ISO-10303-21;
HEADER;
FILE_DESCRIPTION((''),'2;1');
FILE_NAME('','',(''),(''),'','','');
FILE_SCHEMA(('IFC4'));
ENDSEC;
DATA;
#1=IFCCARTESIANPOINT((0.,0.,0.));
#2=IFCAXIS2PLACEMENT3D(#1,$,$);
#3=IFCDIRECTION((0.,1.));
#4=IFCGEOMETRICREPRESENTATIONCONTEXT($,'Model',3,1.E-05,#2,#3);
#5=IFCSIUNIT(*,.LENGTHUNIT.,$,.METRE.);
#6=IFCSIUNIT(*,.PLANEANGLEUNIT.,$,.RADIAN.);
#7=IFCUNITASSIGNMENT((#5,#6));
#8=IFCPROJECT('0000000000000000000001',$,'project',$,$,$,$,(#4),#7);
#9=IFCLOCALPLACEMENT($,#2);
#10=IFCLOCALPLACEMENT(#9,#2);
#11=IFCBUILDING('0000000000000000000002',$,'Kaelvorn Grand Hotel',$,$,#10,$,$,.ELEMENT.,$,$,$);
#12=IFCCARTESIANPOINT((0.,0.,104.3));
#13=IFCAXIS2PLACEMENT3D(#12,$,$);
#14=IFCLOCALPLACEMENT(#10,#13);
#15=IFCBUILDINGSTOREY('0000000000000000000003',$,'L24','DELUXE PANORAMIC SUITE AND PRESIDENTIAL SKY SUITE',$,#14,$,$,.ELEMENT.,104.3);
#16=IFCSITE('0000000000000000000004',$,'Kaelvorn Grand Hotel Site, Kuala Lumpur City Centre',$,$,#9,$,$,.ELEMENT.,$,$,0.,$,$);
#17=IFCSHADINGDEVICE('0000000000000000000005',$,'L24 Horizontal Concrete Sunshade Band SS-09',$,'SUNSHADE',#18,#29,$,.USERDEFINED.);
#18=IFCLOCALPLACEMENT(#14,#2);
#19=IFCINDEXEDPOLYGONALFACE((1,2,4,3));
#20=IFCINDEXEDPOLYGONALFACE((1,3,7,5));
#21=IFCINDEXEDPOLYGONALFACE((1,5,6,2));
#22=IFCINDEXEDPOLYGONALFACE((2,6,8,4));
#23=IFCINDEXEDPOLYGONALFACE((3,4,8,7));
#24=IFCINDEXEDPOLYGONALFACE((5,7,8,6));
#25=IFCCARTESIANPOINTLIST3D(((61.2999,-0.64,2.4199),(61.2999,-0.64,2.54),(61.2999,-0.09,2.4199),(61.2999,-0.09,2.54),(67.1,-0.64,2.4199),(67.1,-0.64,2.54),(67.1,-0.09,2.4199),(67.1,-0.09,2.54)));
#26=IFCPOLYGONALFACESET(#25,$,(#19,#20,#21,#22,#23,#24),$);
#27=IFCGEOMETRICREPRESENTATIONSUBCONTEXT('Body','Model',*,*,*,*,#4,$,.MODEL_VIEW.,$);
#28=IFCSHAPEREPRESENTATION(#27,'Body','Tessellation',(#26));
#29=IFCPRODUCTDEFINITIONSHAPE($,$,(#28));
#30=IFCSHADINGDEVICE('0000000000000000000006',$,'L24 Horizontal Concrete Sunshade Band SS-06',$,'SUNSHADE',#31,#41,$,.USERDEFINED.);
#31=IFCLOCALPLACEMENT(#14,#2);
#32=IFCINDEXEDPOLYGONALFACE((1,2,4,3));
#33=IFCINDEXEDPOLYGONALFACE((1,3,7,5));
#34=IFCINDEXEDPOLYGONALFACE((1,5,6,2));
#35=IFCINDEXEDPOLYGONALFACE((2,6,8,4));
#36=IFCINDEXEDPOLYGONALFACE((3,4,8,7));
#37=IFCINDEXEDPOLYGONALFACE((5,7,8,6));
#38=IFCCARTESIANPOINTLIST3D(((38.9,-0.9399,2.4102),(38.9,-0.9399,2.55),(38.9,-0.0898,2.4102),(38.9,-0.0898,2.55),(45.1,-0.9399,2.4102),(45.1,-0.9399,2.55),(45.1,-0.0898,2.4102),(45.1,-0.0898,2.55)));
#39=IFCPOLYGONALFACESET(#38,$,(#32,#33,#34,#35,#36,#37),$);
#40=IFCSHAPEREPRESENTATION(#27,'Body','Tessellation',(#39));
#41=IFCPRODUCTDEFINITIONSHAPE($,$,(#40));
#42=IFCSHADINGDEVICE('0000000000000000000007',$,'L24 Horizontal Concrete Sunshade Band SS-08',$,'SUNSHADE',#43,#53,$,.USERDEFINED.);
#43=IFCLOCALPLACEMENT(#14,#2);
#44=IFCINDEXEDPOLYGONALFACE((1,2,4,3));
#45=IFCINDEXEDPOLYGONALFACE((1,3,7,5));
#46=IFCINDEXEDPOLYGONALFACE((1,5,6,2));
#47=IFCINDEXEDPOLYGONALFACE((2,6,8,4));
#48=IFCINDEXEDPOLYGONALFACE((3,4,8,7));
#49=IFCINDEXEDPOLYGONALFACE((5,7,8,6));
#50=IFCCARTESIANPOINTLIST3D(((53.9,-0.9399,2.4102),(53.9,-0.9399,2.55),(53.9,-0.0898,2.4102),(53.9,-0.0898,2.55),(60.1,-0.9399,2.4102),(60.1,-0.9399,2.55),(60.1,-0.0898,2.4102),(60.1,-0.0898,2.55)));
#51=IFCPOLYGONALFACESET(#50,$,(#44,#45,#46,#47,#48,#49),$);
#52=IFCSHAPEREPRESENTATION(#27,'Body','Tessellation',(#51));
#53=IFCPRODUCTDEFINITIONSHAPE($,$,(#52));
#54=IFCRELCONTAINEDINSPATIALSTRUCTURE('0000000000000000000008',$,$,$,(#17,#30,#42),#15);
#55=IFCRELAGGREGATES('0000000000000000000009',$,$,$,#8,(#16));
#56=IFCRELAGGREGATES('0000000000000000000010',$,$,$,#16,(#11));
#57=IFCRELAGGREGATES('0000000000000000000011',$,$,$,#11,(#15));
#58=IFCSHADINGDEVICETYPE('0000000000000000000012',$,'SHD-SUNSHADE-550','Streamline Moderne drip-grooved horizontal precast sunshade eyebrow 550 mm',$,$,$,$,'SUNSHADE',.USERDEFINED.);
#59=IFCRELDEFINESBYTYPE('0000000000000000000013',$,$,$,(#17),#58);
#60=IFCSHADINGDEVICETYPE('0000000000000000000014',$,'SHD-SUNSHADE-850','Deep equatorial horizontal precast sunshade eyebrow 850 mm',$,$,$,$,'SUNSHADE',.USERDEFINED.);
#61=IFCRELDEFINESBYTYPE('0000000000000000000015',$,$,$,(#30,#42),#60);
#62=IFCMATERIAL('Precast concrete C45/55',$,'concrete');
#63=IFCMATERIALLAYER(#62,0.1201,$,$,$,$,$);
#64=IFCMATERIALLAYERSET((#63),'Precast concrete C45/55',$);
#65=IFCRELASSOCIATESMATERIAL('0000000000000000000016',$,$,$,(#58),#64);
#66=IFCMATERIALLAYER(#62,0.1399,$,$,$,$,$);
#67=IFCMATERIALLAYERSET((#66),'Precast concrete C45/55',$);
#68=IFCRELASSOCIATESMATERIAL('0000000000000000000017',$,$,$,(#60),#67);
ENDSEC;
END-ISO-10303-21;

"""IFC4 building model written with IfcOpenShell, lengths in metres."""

from ifc_helpers import new_model, si_unit, direction, frame, origin, origin_2d, place, context, subcontext, project, spatial, rectangle, extrude, material, layer, layer_set, type_object, element, save


model = new_model("IFC4")

# Units and contexts
model_context = context("Model", 3, precision=1e-05, world=origin(), true_north=direction((0.0, 1.0)))
body_context = subcontext(model_context, "Body", "Model", "MODEL_VIEW")
ifc_project = project(units=[si_unit("LENGTHUNIT", "METRE"), si_unit("PLANEANGLEUNIT", "RADIAN")], contexts=[model_context])

# Site, building, storey
site_placement = place(None, origin())
site = spatial("IfcSite", under=ifc_project, at=site_placement, Name="Kaelvorn Grand Hotel Site, Kuala Lumpur City Centre", CompositionType="ELEMENT", RefElevation=0.0)
building_placement = place(site_placement, origin())
building = spatial("IfcBuilding", under=site, at=building_placement, Name="Kaelvorn Grand Hotel", CompositionType="ELEMENT")
storey_placement = place(building_placement, frame((0.0, 0.0, 104.3)))
storey = spatial("IfcBuildingStorey", under=building, at=storey_placement, Name="L24", Description="DELUXE PANORAMIC SUITE AND PRESIDENTIAL SKY SUITE", CompositionType="ELEMENT", Elevation=104.3)

# Shading devices
ifc_material_1 = material(Name="Precast concrete C45/55", Category="concrete")
ifc_layer_1 = layer(ifc_material_1, 0.1201)
ifc_layer_set_1 = layer_set([ifc_layer_1], Name="Precast concrete C45/55")
shading_device_type_1 = type_object("IfcShadingDeviceType", Name="SHD-SUNSHADE-550", Description="Streamline Moderne drip-grooved horizontal precast sunshade eyebrow 550 mm", ElementType="SUNSHADE", PredefinedType="USERDEFINED", material=ifc_layer_set_1)
for number, where, z_axis, x_axis, name in (
    (1, (64.2, -0.365, 2.4199), (0.0, 0.0, 1.0), (1.0, 0.0, 0.0), "L24 Horizontal Concrete Sunshade Band SS-09"),
):
    element("IfcShadingDevice", number, at=place(storey_placement, frame(where, z_axis=z_axis, x_axis=x_axis)), inside=storey, type_object=shading_device_type_1, Name=name, ObjectType="SUNSHADE", PredefinedType="USERDEFINED", context=body_context, shape_type="SweptSolid", body=[
        extrude(rectangle(XDim=5.8, YDim=0.55, at=origin_2d()), origin(), (0.0, 0.0, 1.0), 0.1201),
    ])
ifc_layer_2 = layer(ifc_material_1, 0.1399)
ifc_layer_set_2 = layer_set([ifc_layer_2], Name="Precast concrete C45/55")
shading_device_type_2 = type_object("IfcShadingDeviceType", Name="SHD-SUNSHADE-850", Description="Deep equatorial horizontal precast sunshade eyebrow 850 mm", ElementType="SUNSHADE", PredefinedType="USERDEFINED", material=ifc_layer_set_2)
for number, where, z_axis, x_axis, name in (
    (2, (42.0, -0.5149, 2.4102), (0.0, 0.0, 1.0), (1.0, 0.0, 0.0), "L24 Horizontal Concrete Sunshade Band SS-06"),
    (3, (57.0, -0.5149, 2.4102), (0.0, 0.0, 1.0), (1.0, 0.0, 0.0), "L24 Horizontal Concrete Sunshade Band SS-08"),
):
    element("IfcShadingDevice", number, at=place(storey_placement, frame(where, z_axis=z_axis, x_axis=x_axis)), inside=storey, type_object=shading_device_type_2, Name=name, ObjectType="SUNSHADE", PredefinedType="USERDEFINED", context=body_context, shape_type="SweptSolid", body=[
        extrude(rectangle(XDim=6.2, YDim=0.8501, at=origin_2d()), origin(), (0.0, 0.0, 1.0), 0.1399),
    ])

save(model, "model.ifc")
